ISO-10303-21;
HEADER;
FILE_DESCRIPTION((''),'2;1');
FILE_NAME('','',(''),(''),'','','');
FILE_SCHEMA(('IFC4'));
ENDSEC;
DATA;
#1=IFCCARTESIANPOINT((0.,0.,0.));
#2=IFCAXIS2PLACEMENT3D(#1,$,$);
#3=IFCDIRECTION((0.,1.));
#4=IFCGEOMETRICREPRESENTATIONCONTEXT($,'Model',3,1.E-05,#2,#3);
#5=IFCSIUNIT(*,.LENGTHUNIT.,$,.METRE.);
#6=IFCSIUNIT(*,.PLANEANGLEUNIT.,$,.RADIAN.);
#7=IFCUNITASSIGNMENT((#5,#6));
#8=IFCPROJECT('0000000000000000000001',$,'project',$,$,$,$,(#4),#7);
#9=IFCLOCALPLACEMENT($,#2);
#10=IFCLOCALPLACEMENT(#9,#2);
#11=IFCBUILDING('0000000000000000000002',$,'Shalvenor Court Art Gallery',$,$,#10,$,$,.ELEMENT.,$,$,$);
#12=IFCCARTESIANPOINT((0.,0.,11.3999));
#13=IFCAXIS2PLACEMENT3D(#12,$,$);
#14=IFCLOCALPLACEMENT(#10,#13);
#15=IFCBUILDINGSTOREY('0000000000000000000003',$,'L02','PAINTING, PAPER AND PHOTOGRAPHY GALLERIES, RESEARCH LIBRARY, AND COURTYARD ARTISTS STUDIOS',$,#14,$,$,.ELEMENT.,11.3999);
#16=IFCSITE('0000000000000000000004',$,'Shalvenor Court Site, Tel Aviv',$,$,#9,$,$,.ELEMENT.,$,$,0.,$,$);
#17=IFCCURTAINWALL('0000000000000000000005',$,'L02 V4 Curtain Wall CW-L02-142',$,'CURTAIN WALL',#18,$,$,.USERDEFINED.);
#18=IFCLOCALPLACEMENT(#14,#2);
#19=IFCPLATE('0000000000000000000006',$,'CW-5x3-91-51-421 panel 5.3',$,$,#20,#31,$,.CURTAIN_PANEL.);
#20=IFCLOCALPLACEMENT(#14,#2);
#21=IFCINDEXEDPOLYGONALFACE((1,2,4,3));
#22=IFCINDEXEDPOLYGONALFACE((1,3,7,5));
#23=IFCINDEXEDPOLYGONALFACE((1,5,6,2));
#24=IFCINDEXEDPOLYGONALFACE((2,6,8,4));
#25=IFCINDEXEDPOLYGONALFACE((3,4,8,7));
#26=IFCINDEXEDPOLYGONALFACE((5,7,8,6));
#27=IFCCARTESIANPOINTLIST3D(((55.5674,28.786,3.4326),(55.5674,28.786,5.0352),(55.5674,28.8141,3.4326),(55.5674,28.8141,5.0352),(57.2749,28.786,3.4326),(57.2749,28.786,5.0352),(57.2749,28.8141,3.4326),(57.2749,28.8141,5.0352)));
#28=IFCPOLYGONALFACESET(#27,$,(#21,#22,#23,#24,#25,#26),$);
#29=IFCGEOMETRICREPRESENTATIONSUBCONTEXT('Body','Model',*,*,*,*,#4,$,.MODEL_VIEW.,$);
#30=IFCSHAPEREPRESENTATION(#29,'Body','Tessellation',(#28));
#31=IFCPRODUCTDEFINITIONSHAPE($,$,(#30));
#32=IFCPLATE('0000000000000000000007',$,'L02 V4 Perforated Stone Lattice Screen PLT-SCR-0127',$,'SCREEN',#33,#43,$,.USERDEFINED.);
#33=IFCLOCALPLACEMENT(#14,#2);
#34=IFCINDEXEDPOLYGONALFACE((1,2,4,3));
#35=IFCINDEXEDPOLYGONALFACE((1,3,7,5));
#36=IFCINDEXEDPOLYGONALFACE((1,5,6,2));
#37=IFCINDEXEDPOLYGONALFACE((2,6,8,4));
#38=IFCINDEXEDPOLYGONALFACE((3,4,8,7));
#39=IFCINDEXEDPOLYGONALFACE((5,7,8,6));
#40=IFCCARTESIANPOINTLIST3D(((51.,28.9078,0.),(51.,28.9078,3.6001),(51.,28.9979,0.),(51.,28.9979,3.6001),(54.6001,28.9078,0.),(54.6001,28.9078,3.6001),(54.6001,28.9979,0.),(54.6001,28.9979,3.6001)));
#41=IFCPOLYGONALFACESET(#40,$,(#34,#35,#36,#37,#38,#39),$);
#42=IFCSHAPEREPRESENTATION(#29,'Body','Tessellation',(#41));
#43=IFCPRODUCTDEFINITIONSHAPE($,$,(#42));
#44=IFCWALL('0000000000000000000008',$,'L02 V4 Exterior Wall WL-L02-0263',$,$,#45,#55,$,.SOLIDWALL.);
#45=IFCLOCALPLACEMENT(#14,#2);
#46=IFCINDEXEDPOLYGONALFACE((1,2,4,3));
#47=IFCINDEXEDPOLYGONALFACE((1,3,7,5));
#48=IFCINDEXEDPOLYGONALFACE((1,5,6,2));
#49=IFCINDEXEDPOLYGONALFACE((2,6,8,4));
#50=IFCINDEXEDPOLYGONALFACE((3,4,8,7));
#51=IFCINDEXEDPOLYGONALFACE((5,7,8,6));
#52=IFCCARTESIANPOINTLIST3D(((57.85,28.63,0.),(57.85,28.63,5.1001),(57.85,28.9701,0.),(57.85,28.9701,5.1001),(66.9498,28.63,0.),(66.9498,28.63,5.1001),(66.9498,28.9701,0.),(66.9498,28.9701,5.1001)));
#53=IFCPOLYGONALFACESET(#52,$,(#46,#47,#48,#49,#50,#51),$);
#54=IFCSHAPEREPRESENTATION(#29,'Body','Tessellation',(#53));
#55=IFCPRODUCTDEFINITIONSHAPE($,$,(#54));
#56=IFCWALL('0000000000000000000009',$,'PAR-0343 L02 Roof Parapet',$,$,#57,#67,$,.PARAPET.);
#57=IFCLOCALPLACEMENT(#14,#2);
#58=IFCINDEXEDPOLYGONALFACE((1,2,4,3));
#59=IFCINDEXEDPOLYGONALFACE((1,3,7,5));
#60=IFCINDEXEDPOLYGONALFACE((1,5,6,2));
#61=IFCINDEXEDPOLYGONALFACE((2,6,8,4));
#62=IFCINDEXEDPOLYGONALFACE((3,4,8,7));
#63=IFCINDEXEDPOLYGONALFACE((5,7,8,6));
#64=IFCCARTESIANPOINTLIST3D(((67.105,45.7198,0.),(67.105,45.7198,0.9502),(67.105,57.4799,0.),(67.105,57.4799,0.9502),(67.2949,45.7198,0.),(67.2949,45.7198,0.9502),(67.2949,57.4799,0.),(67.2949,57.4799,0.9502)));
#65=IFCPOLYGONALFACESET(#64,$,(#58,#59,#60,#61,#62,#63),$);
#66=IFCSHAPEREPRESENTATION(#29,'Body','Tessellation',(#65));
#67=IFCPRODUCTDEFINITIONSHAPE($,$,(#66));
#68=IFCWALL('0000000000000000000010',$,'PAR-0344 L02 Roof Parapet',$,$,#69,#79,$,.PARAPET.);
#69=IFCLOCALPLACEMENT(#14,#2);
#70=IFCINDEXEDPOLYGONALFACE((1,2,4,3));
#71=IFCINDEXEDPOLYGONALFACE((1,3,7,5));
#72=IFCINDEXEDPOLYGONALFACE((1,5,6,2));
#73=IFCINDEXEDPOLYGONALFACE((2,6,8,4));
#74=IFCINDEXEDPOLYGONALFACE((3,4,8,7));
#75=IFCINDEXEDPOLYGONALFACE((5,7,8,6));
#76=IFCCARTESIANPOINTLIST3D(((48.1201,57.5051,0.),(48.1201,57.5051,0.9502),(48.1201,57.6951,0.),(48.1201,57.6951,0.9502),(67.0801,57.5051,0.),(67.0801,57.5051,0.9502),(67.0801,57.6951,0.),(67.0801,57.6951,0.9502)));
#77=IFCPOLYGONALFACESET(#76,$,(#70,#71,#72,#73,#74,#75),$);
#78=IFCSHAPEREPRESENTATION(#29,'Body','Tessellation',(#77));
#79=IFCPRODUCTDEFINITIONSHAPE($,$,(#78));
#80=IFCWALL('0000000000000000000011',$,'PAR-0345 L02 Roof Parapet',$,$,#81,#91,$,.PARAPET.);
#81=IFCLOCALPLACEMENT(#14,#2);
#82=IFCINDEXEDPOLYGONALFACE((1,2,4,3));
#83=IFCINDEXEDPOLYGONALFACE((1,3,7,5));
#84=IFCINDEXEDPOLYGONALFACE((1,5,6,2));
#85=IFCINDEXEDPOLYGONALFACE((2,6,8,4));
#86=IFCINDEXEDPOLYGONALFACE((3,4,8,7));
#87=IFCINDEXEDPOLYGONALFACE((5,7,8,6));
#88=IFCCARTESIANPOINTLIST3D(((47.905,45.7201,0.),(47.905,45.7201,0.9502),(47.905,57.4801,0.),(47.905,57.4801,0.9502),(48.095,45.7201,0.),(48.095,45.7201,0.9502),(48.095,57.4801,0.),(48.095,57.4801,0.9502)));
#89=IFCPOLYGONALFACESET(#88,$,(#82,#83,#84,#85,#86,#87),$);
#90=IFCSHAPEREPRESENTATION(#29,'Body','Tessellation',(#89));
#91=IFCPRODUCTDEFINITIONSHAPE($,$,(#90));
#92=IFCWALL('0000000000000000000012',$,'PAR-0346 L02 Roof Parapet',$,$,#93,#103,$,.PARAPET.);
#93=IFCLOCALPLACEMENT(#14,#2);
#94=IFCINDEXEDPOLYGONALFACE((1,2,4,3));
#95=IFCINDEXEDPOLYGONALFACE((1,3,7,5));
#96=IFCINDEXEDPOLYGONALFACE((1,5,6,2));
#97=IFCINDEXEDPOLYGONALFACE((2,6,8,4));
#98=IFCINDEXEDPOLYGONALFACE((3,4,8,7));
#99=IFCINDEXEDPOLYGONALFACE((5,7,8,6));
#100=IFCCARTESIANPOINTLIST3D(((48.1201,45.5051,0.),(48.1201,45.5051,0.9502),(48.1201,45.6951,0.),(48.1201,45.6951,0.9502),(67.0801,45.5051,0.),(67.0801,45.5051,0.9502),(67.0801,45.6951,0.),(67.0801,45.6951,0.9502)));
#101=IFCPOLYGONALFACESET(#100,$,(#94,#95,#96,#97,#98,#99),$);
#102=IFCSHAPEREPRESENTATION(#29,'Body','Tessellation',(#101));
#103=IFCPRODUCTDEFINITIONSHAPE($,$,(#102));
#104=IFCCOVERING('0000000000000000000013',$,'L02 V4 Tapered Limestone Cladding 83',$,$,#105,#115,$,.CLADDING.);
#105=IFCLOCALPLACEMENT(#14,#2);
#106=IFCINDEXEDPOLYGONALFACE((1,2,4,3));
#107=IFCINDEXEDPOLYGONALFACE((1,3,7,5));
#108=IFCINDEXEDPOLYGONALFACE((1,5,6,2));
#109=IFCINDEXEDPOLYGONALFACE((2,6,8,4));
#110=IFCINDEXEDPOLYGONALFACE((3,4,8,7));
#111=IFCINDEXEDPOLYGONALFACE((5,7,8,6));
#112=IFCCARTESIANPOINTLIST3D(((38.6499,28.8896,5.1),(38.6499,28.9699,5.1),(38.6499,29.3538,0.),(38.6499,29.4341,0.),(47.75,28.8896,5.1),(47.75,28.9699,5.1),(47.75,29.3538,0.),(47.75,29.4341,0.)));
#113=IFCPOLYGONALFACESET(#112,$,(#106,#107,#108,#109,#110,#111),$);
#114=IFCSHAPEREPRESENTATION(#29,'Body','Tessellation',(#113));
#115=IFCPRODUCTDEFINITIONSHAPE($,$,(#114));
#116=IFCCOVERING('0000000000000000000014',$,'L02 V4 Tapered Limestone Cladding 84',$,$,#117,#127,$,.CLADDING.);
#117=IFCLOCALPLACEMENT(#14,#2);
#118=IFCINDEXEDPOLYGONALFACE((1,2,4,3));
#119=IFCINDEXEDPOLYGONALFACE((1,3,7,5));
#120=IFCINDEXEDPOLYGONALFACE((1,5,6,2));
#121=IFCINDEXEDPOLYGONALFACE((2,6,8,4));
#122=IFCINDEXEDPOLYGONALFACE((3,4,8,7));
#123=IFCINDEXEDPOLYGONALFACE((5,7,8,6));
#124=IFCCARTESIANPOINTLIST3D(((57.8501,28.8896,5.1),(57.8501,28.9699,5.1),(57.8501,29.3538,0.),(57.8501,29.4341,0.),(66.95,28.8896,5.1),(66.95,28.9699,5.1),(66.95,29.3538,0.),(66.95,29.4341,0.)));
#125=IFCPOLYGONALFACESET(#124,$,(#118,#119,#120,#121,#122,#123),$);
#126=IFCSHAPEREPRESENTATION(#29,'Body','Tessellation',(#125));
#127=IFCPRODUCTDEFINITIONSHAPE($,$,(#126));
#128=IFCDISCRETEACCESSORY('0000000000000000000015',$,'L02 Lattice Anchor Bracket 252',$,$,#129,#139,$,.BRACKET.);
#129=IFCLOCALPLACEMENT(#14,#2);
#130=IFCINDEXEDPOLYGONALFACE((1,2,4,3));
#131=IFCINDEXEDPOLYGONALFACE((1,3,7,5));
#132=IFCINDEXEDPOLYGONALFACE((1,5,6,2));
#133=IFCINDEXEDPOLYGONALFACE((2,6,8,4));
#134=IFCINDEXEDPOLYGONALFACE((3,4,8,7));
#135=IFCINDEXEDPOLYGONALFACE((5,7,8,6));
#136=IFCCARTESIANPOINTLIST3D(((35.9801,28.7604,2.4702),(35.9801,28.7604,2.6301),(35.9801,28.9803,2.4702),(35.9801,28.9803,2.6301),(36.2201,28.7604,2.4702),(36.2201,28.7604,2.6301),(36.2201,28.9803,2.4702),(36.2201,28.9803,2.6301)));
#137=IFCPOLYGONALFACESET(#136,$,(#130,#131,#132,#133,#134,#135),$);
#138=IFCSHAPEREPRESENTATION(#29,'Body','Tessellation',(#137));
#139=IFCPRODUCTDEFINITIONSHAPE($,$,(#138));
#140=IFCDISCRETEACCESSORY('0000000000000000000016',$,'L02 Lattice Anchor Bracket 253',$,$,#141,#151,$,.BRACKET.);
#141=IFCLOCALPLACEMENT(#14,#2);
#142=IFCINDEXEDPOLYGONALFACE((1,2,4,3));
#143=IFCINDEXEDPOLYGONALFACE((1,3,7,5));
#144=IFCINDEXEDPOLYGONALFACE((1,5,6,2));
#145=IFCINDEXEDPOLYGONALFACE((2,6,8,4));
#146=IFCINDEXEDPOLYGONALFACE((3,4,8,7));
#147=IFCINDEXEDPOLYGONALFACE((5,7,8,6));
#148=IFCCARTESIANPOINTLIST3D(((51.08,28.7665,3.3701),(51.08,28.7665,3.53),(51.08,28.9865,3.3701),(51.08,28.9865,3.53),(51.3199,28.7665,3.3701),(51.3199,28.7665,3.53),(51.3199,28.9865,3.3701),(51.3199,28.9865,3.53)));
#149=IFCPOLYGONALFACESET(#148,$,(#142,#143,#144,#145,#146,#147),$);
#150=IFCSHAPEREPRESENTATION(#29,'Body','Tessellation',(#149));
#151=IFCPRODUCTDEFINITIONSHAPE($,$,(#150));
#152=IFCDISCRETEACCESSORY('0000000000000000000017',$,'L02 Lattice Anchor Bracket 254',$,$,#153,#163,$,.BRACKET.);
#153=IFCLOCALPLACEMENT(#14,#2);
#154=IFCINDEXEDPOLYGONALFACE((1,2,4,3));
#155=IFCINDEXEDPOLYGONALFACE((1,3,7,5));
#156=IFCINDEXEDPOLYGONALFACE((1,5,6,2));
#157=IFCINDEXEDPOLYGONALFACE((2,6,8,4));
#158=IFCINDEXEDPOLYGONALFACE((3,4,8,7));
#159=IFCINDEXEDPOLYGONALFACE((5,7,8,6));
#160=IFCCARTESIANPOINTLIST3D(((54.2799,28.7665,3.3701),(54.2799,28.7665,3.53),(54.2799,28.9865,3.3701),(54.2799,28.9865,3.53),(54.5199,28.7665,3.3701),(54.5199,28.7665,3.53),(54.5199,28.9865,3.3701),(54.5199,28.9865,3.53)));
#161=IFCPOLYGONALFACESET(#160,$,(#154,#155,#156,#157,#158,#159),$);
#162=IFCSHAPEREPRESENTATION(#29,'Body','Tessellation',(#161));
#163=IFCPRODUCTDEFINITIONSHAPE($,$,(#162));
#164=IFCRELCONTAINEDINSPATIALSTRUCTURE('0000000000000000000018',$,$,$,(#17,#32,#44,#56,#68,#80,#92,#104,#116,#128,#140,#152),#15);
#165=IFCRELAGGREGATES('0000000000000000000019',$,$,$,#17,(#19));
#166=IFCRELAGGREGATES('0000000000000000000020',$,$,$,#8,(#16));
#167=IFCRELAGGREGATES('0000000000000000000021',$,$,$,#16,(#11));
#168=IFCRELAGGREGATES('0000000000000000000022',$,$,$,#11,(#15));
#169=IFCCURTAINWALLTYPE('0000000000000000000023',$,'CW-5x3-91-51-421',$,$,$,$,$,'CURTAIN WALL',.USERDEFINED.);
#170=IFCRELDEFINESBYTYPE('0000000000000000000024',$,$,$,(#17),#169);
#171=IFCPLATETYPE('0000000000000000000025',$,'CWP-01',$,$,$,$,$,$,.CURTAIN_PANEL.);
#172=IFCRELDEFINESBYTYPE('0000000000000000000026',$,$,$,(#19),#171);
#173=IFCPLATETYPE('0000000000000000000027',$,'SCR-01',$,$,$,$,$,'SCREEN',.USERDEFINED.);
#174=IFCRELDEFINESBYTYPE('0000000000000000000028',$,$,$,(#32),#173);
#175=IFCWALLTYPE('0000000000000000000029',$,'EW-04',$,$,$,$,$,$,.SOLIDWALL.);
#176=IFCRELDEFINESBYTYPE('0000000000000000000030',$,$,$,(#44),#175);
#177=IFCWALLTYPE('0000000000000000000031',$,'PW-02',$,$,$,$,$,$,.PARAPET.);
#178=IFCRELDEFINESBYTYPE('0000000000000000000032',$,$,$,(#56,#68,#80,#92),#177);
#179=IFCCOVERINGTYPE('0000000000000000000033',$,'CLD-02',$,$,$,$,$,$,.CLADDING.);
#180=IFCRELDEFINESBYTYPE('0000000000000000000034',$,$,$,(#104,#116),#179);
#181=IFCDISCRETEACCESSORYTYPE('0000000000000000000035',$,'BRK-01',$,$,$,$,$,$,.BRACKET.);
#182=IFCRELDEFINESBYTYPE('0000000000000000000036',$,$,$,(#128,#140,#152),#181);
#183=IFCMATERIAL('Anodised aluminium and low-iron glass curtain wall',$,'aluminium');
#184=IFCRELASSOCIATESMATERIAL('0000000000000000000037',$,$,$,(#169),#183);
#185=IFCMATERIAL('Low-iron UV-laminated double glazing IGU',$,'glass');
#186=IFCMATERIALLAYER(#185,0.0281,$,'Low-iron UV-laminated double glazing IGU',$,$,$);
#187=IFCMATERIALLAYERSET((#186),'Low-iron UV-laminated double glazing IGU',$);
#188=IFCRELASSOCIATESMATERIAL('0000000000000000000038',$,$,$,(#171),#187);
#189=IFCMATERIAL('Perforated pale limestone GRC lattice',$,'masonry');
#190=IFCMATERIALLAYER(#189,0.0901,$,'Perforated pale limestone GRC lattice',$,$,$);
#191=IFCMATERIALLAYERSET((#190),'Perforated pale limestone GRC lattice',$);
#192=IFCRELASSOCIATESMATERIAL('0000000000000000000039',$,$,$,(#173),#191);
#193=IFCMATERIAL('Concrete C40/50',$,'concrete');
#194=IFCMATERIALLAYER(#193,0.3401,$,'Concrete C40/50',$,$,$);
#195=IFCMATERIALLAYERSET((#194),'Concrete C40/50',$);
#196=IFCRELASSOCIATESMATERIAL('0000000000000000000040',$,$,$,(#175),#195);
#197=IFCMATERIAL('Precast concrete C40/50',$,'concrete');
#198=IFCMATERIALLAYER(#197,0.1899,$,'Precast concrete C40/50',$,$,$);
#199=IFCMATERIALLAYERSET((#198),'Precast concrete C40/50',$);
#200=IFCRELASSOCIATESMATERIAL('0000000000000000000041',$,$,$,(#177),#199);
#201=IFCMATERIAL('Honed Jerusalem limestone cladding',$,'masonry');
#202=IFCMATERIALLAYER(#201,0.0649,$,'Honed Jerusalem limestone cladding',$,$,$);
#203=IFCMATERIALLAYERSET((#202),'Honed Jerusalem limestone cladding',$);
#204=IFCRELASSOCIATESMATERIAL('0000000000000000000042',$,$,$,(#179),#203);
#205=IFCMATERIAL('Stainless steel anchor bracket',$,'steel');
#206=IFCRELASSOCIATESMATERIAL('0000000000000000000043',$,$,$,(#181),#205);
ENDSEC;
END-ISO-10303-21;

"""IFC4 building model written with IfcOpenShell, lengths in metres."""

from ifc_helpers import new_model, si_unit, direction, frame, frame_2d, origin, origin_2d, place, context, subcontext, project, spatial, polyline, rectangle, outline, extrude, material, layer, layer_set, type_object, element, aggregate, save


model = new_model("IFC4")

# Units and contexts
model_context = context("Model", 3, precision=1e-05, world=origin(), true_north=direction((0.0, 1.0)))
body_context = subcontext(model_context, "Body", "Model", "MODEL_VIEW")
ifc_project = project(units=[si_unit("LENGTHUNIT", "METRE"), si_unit("PLANEANGLEUNIT", "RADIAN")], contexts=[model_context])

# Site, building, storey
site_placement = place(None, origin())
site = spatial("IfcSite", under=ifc_project, at=site_placement, Name="Shalvenor Court Site, Tel Aviv", CompositionType="ELEMENT", RefElevation=0.0)
building_placement = place(site_placement, origin())
building = spatial("IfcBuilding", under=site, at=building_placement, Name="Shalvenor Court Art Gallery", CompositionType="ELEMENT")
storey_placement = place(building_placement, frame((0.0, 0.0, 11.3999)))
storey = spatial("IfcBuildingStorey", under=building, at=storey_placement, Name="L02", Description="PAINTING, PAPER AND PHOTOGRAPHY GALLERIES, RESEARCH LIBRARY, AND COURTYARD ARTISTS STUDIOS", CompositionType="ELEMENT", Elevation=11.3999)

# Curtain wall, plate
ifc_material_1 = material(Name="Anodised aluminium and low-iron glass curtain wall", Category="aluminium")
curtain_wall_type = type_object("IfcCurtainWallType", Name="CW-5x3-91-51-421", ElementType="CURTAIN WALL", PredefinedType="USERDEFINED", material=ifc_material_1)
curtain_wall_placement = place(storey_placement, origin())
curtain_wall = element("IfcCurtainWall", 1, at=curtain_wall_placement, inside=storey, type_object=curtain_wall_type, Name="L02 V4 Curtain Wall CW-L02-142", ObjectType="CURTAIN WALL", PredefinedType="USERDEFINED")
ifc_material_2 = material(Name="Low-iron UV-laminated double glazing IGU", Category="glass")
ifc_layer_1 = layer(ifc_material_2, 0.0281, Name="Low-iron UV-laminated double glazing IGU")
ifc_layer_set_1 = layer_set([ifc_layer_1], Name="Low-iron UV-laminated double glazing IGU")
plate_type_1 = type_object("IfcPlateType", Name="CWP-01", PredefinedType="CURTAIN_PANEL", material=ifc_layer_set_1)
plate_1_placement = place(storey_placement, frame((56.4211, 28.8, 3.4326), z_axis=(0.0, 0.0, 1.0), x_axis=(1.0, 0.0, 0.0)))
plate_1 = element("IfcPlate", 2, at=plate_1_placement, type_object=plate_type_1, Name="CW-5x3-91-51-421 panel 5.3", PredefinedType="CURTAIN_PANEL", context=body_context, shape_type="SweptSolid", body=[
    extrude(rectangle(XDim=1.7075, YDim=0.0281, at=origin_2d()), origin(), (0.0, 0.0, 1.0), 1.6025),
])
aggregate(curtain_wall, [plate_1])

# Plate
ifc_material_3 = material(Name="Perforated pale limestone GRC lattice", Category="masonry")
ifc_layer_2 = layer(ifc_material_3, 0.0901, Name="Perforated pale limestone GRC lattice")
ifc_layer_set_2 = layer_set([ifc_layer_2], Name="Perforated pale limestone GRC lattice")
plate_type_2 = type_object("IfcPlateType", Name="SCR-01", ElementType="SCREEN", PredefinedType="USERDEFINED", material=ifc_layer_set_2)
plate_2_placement = place(storey_placement, frame((52.8, 28.9529, 0.0), z_axis=(0.0, 0.0, 1.0), x_axis=(1.0, 0.0, 0.0)))
element("IfcPlate", 3, at=plate_2_placement, inside=storey, type_object=plate_type_2, Name="L02 V4 Perforated Stone Lattice Screen PLT-SCR-0127", ObjectType="SCREEN", PredefinedType="USERDEFINED", context=body_context, shape_type="SweptSolid", body=[
    extrude(rectangle(XDim=3.6001, YDim=0.0901, at=origin_2d()), origin(), (0.0, 0.0, 1.0), 3.6001),
])

# Walls
ifc_material_4 = material(Name="Concrete C40/50", Category="concrete")
ifc_layer_3 = layer(ifc_material_4, 0.3401, Name="Concrete C40/50")
ifc_layer_set_3 = layer_set([ifc_layer_3], Name="Concrete C40/50")
wall_type_1 = type_object("IfcWallType", Name="EW-04", PredefinedType="SOLIDWALL", material=ifc_layer_set_3)
wall_1_placement = place(storey_placement, frame((57.8501, 28.8, 0.0), z_axis=(0.0, 0.0, 1.0), x_axis=(1.0, 0.0, 0.0)))
element("IfcWall", 4, at=wall_1_placement, inside=storey, type_object=wall_type_1, Name="L02 V4 Exterior Wall WL-L02-0263", PredefinedType="SOLIDWALL", context=body_context, shape_type="SweptSolid", body=[
    extrude(rectangle(XDim=9.0999, YDim=0.3401, at=frame_2d((4.5498, 0.0))), origin(), (0.0, 0.0, 1.0), 5.1001),
])
ifc_material_5 = material(Name="Precast concrete C40/50", Category="concrete")
ifc_layer_4 = layer(ifc_material_5, 0.1899, Name="Precast concrete C40/50")
ifc_layer_set_4 = layer_set([ifc_layer_4], Name="Precast concrete C40/50")
wall_type_2 = type_object("IfcWallType", Name="PW-02", PredefinedType="PARAPET", material=ifc_layer_set_4)
wall_2_placement = place(storey_placement, frame((67.2, 45.72, 0.0), z_axis=(0.0, 0.0, 1.0), x_axis=(0.0, 1.0, 0.0)))
element("IfcWall", 5, at=wall_2_placement, inside=storey, type_object=wall_type_2, Name="PAR-0343 L02 Roof Parapet", PredefinedType="PARAPET", context=body_context, shape_type="SweptSolid", body=[
    extrude(rectangle(XDim=11.76, YDim=0.1899, at=frame_2d((5.8799, 0.0))), origin(), (0.0, 0.0, 1.0), 0.9502),
])
wall_3_placement = place(storey_placement, frame((67.0801, 57.6001, 0.0), z_axis=(0.0, 0.0, 1.0), x_axis=(-1.0, 0.0, 0.0)))
element("IfcWall", 6, at=wall_3_placement, inside=storey, type_object=wall_type_2, Name="PAR-0344 L02 Roof Parapet", PredefinedType="PARAPET", context=body_context, shape_type="SweptSolid", body=[
    extrude(rectangle(XDim=18.96, YDim=0.1899, at=frame_2d((9.48, 0.0))), origin(), (0.0, 0.0, 1.0), 0.9502),
])
wall_4_placement = place(storey_placement, frame((48.0, 57.48, 0.0), z_axis=(0.0, 0.0, 1.0), x_axis=(0.0, -1.0, 0.0)))
element("IfcWall", 7, at=wall_4_placement, inside=storey, type_object=wall_type_2, Name="PAR-0345 L02 Roof Parapet", PredefinedType="PARAPET", context=body_context, shape_type="SweptSolid", body=[
    extrude(rectangle(XDim=11.76, YDim=0.1899, at=frame_2d((5.8799, 0.0))), origin(), (0.0, 0.0, 1.0), 0.9502),
])
wall_5_placement = place(storey_placement, frame((48.1201, 45.6001, 0.0), z_axis=(0.0, 0.0, 1.0), x_axis=(1.0, 0.0, 0.0)))
element("IfcWall", 8, at=wall_5_placement, inside=storey, type_object=wall_type_2, Name="PAR-0346 L02 Roof Parapet", PredefinedType="PARAPET", context=body_context, shape_type="SweptSolid", body=[
    extrude(rectangle(XDim=18.96, YDim=0.1899, at=frame_2d((9.48, 0.0))), origin(), (0.0, 0.0, 1.0), 0.9502),
])

# Coverings
ifc_material_6 = material(Name="Honed Jerusalem limestone cladding", Category="masonry")
ifc_layer_5 = layer(ifc_material_6, 0.0649, Name="Honed Jerusalem limestone cladding")
ifc_layer_set_5 = layer_set([ifc_layer_5], Name="Honed Jerusalem limestone cladding")
covering_type = type_object("IfcCoveringType", Name="CLD-02", PredefinedType="CLADDING", material=ifc_layer_set_5)
covering_1_placement = place(storey_placement, frame((47.75, 29.4341, 0.0), z_axis=(0.0, 0.0, 1.0), x_axis=(-1.0, 0.0, 0.0)))
element("IfcCovering", 9, at=covering_1_placement, inside=storey, type_object=covering_type, Name="L02 V4 Tapered Limestone Cladding 83", PredefinedType="CLADDING", context=body_context, shape_type="SweptSolid", body=[
    extrude(outline(polyline([(0.0, 0.0), (9.1001, 0.0), (9.1001, 5.1211), (0.0, 5.1211), (0.0, 0.0)])), frame((0.0, 0.0, 0.0), z_axis=(0.0, -0.995884, 0.090633), x_axis=(1.0, 0.0, 0.0)), (0.0, 0.090633, -0.995884), 0.0803),
])
covering_2_placement = place(storey_placement, frame((66.95, 29.4341, 0.0), z_axis=(0.0, 0.0, 1.0), x_axis=(-1.0, 0.0, 0.0)))
element("IfcCovering", 10, at=covering_2_placement, inside=storey, type_object=covering_type, Name="L02 V4 Tapered Limestone Cladding 84", PredefinedType="CLADDING", context=body_context, shape_type="SweptSolid", body=[
    extrude(outline(polyline([(0.0, 0.0), (9.0999, 0.0), (9.0999, 5.1211), (0.0, 5.1211), (0.0, 0.0)])), frame((0.0, 0.0, 0.0), z_axis=(0.0, -0.995884, 0.090633), x_axis=(1.0, 0.0, 0.0)), (0.0, 0.090633, -0.995884), 0.0803),
])

# Discrete accessories
ifc_material_7 = material(Name="Stainless steel anchor bracket", Category="steel")
discrete_accessory_type = type_object("IfcDiscreteAccessoryType", Name="BRK-01", PredefinedType="BRACKET", material=ifc_material_7)
for number, where, z_axis, x_axis, name in (
    (11, (36.1001, 28.8704, 2.4702), (0.0, 0.0, 1.0), (1.0, 0.0, 0.0), "L02 Lattice Anchor Bracket 252"),
    (12, (51.2, 28.8765, 3.3701), (0.0, 0.0, 1.0), (1.0, 0.0, 0.0), "L02 Lattice Anchor Bracket 253"),
    (13, (54.3999, 28.8765, 3.3701), (0.0, 0.0, 1.0), (1.0, 0.0, 0.0), "L02 Lattice Anchor Bracket 254"),
):
    element("IfcDiscreteAccessory", number, at=place(storey_placement, frame(where, z_axis=z_axis, x_axis=x_axis)), inside=storey, type_object=discrete_accessory_type, Name=name, PredefinedType="BRACKET", context=body_context, shape_type="SweptSolid", body=[
        extrude(rectangle(XDim=0.24, YDim=0.22, at=origin_2d()), origin(), (0.0, 0.0, 1.0), 0.1599),
    ])

save(model, "model.ifc")
